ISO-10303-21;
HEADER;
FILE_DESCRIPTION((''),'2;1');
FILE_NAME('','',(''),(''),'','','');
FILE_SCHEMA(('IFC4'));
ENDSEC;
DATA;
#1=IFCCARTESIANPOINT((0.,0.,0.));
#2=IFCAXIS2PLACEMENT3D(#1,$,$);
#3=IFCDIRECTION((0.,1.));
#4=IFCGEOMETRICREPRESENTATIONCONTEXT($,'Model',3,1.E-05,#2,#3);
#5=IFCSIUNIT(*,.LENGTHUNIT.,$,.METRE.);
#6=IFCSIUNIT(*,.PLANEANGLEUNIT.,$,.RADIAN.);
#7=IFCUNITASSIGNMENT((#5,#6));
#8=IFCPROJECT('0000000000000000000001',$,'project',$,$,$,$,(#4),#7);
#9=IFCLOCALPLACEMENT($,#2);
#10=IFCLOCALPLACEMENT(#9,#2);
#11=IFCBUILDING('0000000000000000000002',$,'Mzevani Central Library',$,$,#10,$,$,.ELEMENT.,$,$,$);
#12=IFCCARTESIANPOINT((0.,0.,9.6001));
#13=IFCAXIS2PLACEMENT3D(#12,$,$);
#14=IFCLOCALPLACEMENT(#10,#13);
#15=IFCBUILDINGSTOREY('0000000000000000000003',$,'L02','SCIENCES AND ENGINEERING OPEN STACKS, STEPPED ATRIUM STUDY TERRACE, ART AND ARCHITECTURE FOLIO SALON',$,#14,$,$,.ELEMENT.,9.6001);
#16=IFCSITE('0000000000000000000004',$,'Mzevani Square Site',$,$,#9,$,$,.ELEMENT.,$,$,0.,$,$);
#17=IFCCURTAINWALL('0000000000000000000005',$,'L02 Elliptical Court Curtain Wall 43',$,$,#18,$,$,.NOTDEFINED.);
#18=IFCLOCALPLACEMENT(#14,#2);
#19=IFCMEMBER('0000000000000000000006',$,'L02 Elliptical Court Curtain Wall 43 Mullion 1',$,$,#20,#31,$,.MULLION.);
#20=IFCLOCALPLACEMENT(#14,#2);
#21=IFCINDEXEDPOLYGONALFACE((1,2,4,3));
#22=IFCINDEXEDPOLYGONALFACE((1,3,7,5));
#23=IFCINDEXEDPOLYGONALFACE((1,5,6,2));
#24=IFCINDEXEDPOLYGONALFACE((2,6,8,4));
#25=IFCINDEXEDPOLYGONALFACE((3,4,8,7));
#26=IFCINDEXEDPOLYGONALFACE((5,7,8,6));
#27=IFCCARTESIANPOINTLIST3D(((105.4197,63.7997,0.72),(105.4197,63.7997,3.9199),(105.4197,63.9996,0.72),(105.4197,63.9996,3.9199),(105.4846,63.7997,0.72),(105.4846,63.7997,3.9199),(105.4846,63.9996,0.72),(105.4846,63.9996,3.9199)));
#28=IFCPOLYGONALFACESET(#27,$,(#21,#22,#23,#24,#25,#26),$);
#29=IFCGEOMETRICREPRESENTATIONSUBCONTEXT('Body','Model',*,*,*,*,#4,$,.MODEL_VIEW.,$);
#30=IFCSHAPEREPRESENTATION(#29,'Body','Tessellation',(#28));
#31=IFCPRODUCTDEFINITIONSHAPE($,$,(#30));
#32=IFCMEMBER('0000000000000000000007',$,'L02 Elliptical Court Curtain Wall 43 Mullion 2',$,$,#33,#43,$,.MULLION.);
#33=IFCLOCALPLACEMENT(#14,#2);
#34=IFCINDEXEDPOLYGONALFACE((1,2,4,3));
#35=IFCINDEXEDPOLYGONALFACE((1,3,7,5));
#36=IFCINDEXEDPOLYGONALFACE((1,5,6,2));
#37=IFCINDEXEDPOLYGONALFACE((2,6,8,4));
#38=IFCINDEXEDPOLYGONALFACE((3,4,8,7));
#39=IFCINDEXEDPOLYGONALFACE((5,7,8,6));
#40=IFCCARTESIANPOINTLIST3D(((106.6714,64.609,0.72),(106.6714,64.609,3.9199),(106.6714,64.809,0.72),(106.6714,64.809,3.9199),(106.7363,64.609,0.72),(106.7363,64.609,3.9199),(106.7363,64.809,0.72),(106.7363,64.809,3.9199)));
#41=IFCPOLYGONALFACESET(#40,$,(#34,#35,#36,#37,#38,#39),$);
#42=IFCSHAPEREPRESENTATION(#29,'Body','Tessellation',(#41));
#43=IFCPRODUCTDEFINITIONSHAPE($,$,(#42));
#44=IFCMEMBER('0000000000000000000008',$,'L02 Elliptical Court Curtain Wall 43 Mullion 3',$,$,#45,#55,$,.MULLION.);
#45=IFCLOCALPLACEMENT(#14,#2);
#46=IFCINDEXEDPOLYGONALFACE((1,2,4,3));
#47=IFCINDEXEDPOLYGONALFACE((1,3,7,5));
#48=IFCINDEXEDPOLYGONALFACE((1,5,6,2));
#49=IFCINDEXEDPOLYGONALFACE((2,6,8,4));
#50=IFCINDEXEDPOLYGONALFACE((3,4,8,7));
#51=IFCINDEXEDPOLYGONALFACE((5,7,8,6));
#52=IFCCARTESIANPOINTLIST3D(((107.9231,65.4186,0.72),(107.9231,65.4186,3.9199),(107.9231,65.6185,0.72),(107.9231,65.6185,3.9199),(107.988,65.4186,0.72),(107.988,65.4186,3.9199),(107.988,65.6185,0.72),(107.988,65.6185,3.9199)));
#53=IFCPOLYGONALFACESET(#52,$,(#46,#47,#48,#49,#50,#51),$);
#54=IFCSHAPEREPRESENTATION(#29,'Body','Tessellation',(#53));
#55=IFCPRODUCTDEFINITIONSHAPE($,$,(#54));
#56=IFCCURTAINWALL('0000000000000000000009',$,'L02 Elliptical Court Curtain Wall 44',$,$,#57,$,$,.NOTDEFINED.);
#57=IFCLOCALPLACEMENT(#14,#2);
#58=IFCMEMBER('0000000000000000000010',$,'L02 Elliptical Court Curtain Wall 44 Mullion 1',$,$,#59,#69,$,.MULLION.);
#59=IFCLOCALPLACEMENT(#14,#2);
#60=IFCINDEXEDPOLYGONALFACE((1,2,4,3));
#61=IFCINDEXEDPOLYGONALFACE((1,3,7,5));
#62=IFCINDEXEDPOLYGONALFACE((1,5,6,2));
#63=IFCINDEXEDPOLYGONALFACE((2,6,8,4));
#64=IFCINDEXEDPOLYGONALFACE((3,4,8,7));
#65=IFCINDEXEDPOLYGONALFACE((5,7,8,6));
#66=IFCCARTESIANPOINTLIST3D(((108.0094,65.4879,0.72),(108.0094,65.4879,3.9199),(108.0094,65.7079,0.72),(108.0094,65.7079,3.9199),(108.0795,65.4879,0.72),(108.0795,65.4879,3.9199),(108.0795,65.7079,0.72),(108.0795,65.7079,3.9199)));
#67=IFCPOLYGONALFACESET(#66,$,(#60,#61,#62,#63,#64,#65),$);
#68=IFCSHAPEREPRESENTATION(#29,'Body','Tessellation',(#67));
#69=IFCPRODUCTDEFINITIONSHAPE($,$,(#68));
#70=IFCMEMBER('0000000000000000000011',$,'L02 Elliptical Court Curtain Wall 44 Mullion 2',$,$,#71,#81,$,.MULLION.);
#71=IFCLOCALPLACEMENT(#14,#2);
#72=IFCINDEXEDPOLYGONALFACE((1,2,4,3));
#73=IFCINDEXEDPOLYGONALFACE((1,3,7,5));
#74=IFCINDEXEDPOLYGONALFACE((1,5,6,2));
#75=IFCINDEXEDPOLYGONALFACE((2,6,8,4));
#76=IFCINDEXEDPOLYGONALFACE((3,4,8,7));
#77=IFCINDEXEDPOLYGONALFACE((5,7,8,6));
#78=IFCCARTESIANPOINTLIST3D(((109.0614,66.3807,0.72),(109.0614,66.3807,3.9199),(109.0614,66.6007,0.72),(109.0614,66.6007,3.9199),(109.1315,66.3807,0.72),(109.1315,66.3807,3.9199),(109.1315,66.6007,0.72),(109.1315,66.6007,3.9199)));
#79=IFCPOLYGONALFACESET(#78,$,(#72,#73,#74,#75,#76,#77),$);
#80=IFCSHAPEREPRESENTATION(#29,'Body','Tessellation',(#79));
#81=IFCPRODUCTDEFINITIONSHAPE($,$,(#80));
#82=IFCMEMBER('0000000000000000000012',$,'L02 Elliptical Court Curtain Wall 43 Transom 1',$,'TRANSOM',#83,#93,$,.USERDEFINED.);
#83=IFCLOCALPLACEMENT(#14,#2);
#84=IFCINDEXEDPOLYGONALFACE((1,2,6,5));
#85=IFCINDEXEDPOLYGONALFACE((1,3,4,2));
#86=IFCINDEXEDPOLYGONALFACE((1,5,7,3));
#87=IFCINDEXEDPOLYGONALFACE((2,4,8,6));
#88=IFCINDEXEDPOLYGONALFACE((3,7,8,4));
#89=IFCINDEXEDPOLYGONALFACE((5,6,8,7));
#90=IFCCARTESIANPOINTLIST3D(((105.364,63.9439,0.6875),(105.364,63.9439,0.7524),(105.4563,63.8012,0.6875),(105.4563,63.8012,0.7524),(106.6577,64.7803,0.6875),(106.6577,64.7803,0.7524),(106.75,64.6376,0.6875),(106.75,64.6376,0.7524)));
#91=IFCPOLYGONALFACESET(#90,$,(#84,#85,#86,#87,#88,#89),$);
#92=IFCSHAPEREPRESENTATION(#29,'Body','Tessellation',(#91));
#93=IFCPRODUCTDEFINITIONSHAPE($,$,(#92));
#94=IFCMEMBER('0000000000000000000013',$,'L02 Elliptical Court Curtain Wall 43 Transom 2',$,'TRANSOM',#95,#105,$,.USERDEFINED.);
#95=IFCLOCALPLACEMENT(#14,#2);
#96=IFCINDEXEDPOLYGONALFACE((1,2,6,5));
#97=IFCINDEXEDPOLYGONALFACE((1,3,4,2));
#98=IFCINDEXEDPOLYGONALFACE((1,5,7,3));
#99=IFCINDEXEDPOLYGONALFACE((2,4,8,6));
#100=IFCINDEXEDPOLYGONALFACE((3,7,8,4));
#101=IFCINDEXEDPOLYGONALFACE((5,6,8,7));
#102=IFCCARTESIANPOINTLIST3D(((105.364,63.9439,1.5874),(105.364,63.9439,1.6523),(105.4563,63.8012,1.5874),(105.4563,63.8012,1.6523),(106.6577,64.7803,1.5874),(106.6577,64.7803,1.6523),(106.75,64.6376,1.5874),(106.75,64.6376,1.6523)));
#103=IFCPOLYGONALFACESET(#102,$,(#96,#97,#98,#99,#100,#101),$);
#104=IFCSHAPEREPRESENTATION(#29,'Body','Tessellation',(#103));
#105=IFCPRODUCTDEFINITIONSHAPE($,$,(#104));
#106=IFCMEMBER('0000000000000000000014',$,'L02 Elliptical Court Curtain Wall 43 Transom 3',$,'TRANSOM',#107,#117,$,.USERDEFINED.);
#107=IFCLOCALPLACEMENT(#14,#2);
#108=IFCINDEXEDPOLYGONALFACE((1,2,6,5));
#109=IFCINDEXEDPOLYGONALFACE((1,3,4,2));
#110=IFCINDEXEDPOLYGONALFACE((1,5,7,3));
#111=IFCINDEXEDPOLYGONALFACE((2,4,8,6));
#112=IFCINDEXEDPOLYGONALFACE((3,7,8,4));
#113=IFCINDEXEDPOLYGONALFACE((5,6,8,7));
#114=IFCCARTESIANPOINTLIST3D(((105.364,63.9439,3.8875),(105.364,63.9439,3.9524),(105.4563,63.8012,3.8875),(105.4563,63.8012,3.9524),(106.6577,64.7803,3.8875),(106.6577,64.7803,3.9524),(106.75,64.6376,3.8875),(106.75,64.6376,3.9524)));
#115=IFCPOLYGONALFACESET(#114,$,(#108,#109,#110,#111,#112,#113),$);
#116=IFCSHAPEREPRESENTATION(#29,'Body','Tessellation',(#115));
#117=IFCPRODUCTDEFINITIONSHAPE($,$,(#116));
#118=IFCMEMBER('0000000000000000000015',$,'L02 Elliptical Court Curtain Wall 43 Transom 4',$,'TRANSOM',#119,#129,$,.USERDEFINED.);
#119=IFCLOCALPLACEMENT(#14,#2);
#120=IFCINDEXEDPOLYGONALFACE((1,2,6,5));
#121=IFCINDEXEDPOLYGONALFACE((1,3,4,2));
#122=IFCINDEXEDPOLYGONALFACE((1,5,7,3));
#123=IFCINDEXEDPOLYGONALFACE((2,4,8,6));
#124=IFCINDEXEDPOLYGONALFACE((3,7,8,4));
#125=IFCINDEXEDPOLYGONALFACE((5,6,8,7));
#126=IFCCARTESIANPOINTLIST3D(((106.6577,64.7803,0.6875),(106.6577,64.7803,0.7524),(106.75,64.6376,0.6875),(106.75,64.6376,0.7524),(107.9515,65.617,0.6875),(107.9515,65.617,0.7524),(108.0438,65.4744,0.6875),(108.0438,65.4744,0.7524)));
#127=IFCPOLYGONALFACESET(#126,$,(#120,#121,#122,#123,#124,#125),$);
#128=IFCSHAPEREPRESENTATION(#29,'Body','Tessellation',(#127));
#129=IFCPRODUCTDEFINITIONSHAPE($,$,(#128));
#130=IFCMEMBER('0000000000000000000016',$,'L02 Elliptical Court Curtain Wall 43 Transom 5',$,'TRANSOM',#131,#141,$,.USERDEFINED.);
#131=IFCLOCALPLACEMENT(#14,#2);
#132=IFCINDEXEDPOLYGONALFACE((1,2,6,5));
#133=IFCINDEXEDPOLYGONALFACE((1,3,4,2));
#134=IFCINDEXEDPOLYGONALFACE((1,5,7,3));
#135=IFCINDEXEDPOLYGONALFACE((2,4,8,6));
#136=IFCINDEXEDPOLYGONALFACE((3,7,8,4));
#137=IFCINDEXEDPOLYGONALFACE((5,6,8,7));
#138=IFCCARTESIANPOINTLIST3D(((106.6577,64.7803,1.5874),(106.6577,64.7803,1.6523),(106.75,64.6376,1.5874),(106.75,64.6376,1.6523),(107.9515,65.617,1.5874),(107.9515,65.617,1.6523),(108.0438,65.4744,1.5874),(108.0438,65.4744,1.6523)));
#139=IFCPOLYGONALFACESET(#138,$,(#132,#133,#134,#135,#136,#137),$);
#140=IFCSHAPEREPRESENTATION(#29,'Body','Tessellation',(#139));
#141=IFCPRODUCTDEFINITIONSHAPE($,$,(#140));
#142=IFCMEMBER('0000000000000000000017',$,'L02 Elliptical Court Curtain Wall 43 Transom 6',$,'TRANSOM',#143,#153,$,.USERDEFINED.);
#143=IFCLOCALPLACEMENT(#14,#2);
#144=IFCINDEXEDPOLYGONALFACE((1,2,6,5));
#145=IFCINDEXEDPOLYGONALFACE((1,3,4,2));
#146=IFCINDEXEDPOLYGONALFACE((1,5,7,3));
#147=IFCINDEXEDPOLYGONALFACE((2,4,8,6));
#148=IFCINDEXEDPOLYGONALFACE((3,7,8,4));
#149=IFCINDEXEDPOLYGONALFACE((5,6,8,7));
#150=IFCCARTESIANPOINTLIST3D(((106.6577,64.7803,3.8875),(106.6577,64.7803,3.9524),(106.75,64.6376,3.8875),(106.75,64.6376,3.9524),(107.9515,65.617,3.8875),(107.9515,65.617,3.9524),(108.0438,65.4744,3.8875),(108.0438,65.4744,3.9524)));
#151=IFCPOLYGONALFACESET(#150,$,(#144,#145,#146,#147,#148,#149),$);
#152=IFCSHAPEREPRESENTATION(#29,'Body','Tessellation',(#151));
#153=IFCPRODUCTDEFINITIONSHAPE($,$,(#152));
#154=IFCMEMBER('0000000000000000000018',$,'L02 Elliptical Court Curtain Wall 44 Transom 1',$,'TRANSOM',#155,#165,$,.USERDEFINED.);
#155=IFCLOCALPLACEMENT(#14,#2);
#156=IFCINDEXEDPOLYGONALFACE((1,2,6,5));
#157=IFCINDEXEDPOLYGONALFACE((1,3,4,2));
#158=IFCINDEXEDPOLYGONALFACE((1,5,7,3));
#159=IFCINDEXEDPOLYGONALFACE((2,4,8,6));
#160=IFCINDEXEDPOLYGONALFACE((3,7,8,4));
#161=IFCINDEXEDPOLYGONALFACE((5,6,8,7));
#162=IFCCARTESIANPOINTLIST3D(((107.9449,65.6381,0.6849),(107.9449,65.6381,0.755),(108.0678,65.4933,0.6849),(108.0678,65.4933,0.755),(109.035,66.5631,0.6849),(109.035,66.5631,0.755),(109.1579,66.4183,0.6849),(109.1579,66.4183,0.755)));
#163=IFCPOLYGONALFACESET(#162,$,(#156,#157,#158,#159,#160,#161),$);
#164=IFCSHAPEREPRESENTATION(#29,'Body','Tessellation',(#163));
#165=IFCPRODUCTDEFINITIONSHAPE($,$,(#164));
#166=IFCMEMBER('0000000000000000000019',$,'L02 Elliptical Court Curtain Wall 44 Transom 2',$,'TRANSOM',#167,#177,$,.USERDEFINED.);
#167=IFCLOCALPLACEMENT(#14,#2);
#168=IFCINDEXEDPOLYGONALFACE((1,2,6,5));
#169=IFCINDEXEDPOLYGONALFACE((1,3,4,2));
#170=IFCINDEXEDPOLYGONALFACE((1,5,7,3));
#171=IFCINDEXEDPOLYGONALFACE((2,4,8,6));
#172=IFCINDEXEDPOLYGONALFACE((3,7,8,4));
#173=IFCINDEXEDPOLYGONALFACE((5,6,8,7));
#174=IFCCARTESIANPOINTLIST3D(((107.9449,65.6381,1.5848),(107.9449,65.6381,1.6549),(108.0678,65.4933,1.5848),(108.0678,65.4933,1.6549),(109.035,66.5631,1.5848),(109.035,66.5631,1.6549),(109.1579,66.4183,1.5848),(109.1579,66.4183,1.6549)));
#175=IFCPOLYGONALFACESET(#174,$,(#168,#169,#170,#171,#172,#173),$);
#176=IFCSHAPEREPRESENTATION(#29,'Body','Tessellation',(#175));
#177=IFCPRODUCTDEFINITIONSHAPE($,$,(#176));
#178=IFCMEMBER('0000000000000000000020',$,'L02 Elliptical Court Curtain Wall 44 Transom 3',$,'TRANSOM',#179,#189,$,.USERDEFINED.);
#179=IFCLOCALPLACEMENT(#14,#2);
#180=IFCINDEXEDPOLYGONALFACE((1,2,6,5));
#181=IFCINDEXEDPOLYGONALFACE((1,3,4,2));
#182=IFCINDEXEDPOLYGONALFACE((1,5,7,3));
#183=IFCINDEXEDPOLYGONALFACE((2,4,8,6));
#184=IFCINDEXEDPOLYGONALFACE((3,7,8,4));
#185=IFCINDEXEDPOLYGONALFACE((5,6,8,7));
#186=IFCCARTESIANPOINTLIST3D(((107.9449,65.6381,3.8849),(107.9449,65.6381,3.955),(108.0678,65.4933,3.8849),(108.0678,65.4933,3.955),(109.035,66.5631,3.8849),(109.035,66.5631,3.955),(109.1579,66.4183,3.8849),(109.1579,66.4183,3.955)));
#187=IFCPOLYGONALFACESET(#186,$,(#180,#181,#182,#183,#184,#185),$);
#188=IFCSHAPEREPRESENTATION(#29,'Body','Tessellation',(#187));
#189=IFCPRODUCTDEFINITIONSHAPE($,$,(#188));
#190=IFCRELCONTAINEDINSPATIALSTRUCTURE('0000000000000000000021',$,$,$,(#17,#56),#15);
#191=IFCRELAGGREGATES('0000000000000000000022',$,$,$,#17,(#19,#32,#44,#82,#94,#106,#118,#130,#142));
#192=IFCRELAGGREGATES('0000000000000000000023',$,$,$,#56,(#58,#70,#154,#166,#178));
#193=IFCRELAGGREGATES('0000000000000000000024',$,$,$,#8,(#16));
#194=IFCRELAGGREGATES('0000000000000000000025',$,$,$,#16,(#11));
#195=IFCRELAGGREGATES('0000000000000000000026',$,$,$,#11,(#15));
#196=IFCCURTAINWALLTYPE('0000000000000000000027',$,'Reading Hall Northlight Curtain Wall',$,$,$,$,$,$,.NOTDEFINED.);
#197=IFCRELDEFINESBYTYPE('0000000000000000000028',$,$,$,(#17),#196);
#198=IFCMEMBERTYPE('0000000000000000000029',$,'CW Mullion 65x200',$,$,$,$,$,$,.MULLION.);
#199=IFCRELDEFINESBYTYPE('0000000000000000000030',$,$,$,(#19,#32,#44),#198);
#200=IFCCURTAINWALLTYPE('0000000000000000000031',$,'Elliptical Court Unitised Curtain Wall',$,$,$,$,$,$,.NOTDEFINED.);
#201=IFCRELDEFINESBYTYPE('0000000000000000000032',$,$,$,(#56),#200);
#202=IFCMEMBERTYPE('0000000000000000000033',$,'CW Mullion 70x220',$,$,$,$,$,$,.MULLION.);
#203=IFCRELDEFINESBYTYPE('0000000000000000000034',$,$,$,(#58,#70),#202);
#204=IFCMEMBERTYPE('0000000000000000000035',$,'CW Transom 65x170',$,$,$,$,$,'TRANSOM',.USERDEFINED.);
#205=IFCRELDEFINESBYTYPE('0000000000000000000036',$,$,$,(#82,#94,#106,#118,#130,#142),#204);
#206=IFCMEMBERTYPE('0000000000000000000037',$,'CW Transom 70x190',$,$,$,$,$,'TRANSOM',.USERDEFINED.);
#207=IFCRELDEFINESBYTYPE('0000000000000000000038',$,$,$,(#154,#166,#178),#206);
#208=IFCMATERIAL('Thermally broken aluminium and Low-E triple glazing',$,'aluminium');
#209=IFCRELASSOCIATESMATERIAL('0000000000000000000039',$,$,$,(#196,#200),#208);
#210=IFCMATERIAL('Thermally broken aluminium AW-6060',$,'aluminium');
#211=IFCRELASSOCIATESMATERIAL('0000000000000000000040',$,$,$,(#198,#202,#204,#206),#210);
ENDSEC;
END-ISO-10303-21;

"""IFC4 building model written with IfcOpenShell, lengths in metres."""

from ifc_helpers import new_model, si_unit, direction, frame, origin, origin_2d, place, context, subcontext, project, spatial, rectangle, extrude, material, material_profile, profile_set, type_object, element, aggregate, save


model = new_model("IFC4")

# Units and contexts
model_context = context("Model", 3, precision=1e-05, world=origin(), true_north=direction((0.0, 1.0)))
body_context = subcontext(model_context, "Body", "Model", "MODEL_VIEW")
ifc_project = project(units=[si_unit("LENGTHUNIT", "METRE"), si_unit("PLANEANGLEUNIT", "RADIAN")], contexts=[model_context])

# Site, building, storey
site_placement = place(None, origin())
site = spatial("IfcSite", under=ifc_project, at=site_placement, Name="Mzevani Square Site", CompositionType="ELEMENT", RefElevation=0.0)
building_placement = place(site_placement, origin())
building = spatial("IfcBuilding", under=site, at=building_placement, Name="Mzevani Central Library", CompositionType="ELEMENT")
storey_placement = place(building_placement, frame((0.0, 0.0, 9.6001)))
storey = spatial("IfcBuildingStorey", under=building, at=storey_placement, Name="L02", Description="SCIENCES AND ENGINEERING OPEN STACKS, STEPPED ATRIUM STUDY TERRACE, ART AND ARCHITECTURE FOLIO SALON", CompositionType="ELEMENT", Elevation=9.6001)

# Curtain walls, members
ifc_material_1 = material(Name="Thermally broken aluminium and Low-E triple glazing", Category="aluminium")
curtain_wall_type_1 = type_object("IfcCurtainWallType", Name="Reading Hall Northlight Curtain Wall", PredefinedType="NOTDEFINED", material=ifc_material_1)
curtain_wall_1_placement = place(storey_placement, origin())
curtain_wall_1 = element("IfcCurtainWall", 1, at=curtain_wall_1_placement, inside=storey, type_object=curtain_wall_type_1, Name="L02 Elliptical Court Curtain Wall 43", PredefinedType="NOTDEFINED")
ifc_material_2 = material(Name="Thermally broken aluminium AW-6060", Category="aluminium")
ifc_material_profile_1 = material_profile(ifc_material_2, rectangle(XDim=0.0649, YDim=0.2, at=origin_2d()), Name="ALU M65x200")
ifc_profile_set_1 = profile_set([ifc_material_profile_1], Name="Thermally broken aluminium AW-6060")
member_type_1 = type_object("IfcMemberType", Name="CW Mullion 65x200", PredefinedType="MULLION", material=ifc_profile_set_1)
member_1_placement = place(storey_placement, frame((105.4521, 63.8997, 0.72), z_axis=(0.0, 0.0, 1.0), x_axis=(1.0, 0.0, 0.0)))
member_1 = element("IfcMember", 2, at=member_1_placement, type_object=member_type_1, Name="L02 Elliptical Court Curtain Wall 43 Mullion 1", PredefinedType="MULLION", context=body_context, shape_type="SweptSolid", body=[
    extrude(rectangle(XDim=0.0649, YDim=0.2, at=origin_2d()), origin(), (0.0, 0.0, 1.0), 3.2),
])
member_2_placement = place(storey_placement, frame((106.7039, 64.709, 0.72), z_axis=(0.0, 0.0, 1.0), x_axis=(1.0, 0.0, 0.0)))
member_2 = element("IfcMember", 3, at=member_2_placement, type_object=member_type_1, Name="L02 Elliptical Court Curtain Wall 43 Mullion 2", PredefinedType="MULLION", context=body_context, shape_type="SweptSolid", body=[
    extrude(rectangle(XDim=0.0649, YDim=0.2, at=origin_2d()), origin(), (0.0, 0.0, 1.0), 3.2),
])
member_3_placement = place(storey_placement, frame((107.9556, 65.5186, 0.72), z_axis=(0.0, 0.0, 1.0), x_axis=(1.0, 0.0, 0.0)))
member_3 = element("IfcMember", 4, at=member_3_placement, type_object=member_type_1, Name="L02 Elliptical Court Curtain Wall 43 Mullion 3", PredefinedType="MULLION", context=body_context, shape_type="SweptSolid", body=[
    extrude(rectangle(XDim=0.0649, YDim=0.2, at=origin_2d()), origin(), (0.0, 0.0, 1.0), 3.2),
])
curtain_wall_type_2 = type_object("IfcCurtainWallType", Name="Elliptical Court Unitised Curtain Wall", PredefinedType="NOTDEFINED", material=ifc_material_1)
curtain_wall_2_placement = place(storey_placement, origin())
curtain_wall_2 = element("IfcCurtainWall", 5, at=curtain_wall_2_placement, inside=storey, type_object=curtain_wall_type_2, Name="L02 Elliptical Court Curtain Wall 44", PredefinedType="NOTDEFINED")
ifc_material_profile_2 = material_profile(ifc_material_2, rectangle(XDim=0.0701, YDim=0.22, at=origin_2d()), Name="ALU M70x220")
ifc_profile_set_2 = profile_set([ifc_material_profile_2], Name="Thermally broken aluminium AW-6060")
member_type_2 = type_object("IfcMemberType", Name="CW Mullion 70x220", PredefinedType="MULLION", material=ifc_profile_set_2)
member_4_placement = place(storey_placement, frame((108.0444, 65.5979, 0.72), z_axis=(0.0, 0.0, 1.0), x_axis=(1.0, 0.0, 0.0)))
member_4 = element("IfcMember", 6, at=member_4_placement, type_object=member_type_2, Name="L02 Elliptical Court Curtain Wall 44 Mullion 1", PredefinedType="MULLION", context=body_context, shape_type="SweptSolid", body=[
    extrude(rectangle(XDim=0.0701, YDim=0.22, at=origin_2d()), origin(), (0.0, 0.0, 1.0), 3.2),
])
member_5_placement = place(storey_placement, frame((109.0964, 66.4907, 0.72), z_axis=(0.0, 0.0, 1.0), x_axis=(1.0, 0.0, 0.0)))
member_5 = element("IfcMember", 7, at=member_5_placement, type_object=member_type_2, Name="L02 Elliptical Court Curtain Wall 44 Mullion 2", PredefinedType="MULLION", context=body_context, shape_type="SweptSolid", body=[
    extrude(rectangle(XDim=0.0701, YDim=0.22, at=origin_2d()), origin(), (0.0, 0.0, 1.0), 3.2),
])

# Members
ifc_material_profile_3 = material_profile(ifc_material_2, rectangle(XDim=0.1699, YDim=0.0649, at=origin_2d()), Name="ALU T65x170")
ifc_profile_set_3 = profile_set([ifc_material_profile_3], Name="Thermally broken aluminium AW-6060")
member_type_3 = type_object("IfcMemberType", Name="CW Transom 65x170", ElementType="TRANSOM", PredefinedType="USERDEFINED", material=ifc_profile_set_3)
member_6_placement = place(storey_placement, frame((105.4102, 63.8726, 0.72), z_axis=(0.83977, 0.542942, 0.0), x_axis=(-0.542942, 0.83977, 0.0)))
member_6 = element("IfcMember", 8, at=member_6_placement, type_object=member_type_3, Name="L02 Elliptical Court Curtain Wall 43 Transom 1", ObjectType="TRANSOM", PredefinedType="USERDEFINED", context=body_context, shape_type="SweptSolid", body=[
    extrude(rectangle(XDim=0.1699, YDim=0.0649, at=origin_2d()), origin(), (0.0, 0.0, 1.0), 1.5405),
])
member_7_placement = place(storey_placement, frame((105.4102, 63.8726, 1.6199), z_axis=(0.83977, 0.542942, 0.0), x_axis=(-0.542942, 0.83977, 0.0)))
member_7 = element("IfcMember", 9, at=member_7_placement, type_object=member_type_3, Name="L02 Elliptical Court Curtain Wall 43 Transom 2", ObjectType="TRANSOM", PredefinedType="USERDEFINED", context=body_context, shape_type="SweptSolid", body=[
    extrude(rectangle(XDim=0.1699, YDim=0.0649, at=origin_2d()), origin(), (0.0, 0.0, 1.0), 1.5405),
])
member_8_placement = place(storey_placement, frame((105.4102, 63.8726, 3.9199), z_axis=(0.83977, 0.542942, 0.0), x_axis=(-0.542942, 0.83977, 0.0)))
member_8 = element("IfcMember", 10, at=member_8_placement, type_object=member_type_3, Name="L02 Elliptical Court Curtain Wall 43 Transom 3", ObjectType="TRANSOM", PredefinedType="USERDEFINED", context=body_context, shape_type="SweptSolid", body=[
    extrude(rectangle(XDim=0.1699, YDim=0.0649, at=origin_2d()), origin(), (0.0, 0.0, 1.0), 1.5405),
])
member_9_placement = place(storey_placement, frame((106.7039, 64.709, 0.72), z_axis=(0.839698, 0.543054, 0.0), x_axis=(-0.543054, 0.839698, 0.0)))
member_9 = element("IfcMember", 11, at=member_9_placement, type_object=member_type_3, Name="L02 Elliptical Court Curtain Wall 43 Transom 4", ObjectType="TRANSOM", PredefinedType="USERDEFINED", context=body_context, shape_type="SweptSolid", body=[
    extrude(rectangle(XDim=0.1699, YDim=0.0649, at=origin_2d()), origin(), (0.0, 0.0, 1.0), 1.5408),
])
member_10_placement = place(storey_placement, frame((106.7039, 64.709, 1.6199), z_axis=(0.839698, 0.543054, 0.0), x_axis=(-0.543054, 0.839698, 0.0)))
member_10 = element("IfcMember", 12, at=member_10_placement, type_object=member_type_3, Name="L02 Elliptical Court Curtain Wall 43 Transom 5", ObjectType="TRANSOM", PredefinedType="USERDEFINED", context=body_context, shape_type="SweptSolid", body=[
    extrude(rectangle(XDim=0.1699, YDim=0.0649, at=origin_2d()), origin(), (0.0, 0.0, 1.0), 1.5408),
])
member_11_placement = place(storey_placement, frame((106.7039, 64.709, 3.9199), z_axis=(0.839698, 0.543054, 0.0), x_axis=(-0.543054, 0.839698, 0.0)))
member_11 = element("IfcMember", 13, at=member_11_placement, type_object=member_type_3, Name="L02 Elliptical Court Curtain Wall 43 Transom 6", ObjectType="TRANSOM", PredefinedType="USERDEFINED", context=body_context, shape_type="SweptSolid", body=[
    extrude(rectangle(XDim=0.1699, YDim=0.0649, at=origin_2d()), origin(), (0.0, 0.0, 1.0), 1.5408),
])
ifc_material_profile_4 = material_profile(ifc_material_2, rectangle(XDim=0.1899, YDim=0.0701, at=origin_2d()), Name="ALU T70x190")
ifc_profile_set_4 = profile_set([ifc_material_profile_4], Name="Thermally broken aluminium AW-6060")
member_type_4 = type_object("IfcMemberType", Name="CW Transom 70x190", ElementType="TRANSOM", PredefinedType="USERDEFINED", material=ifc_profile_set_4)
member_12_placement = place(storey_placement, frame((108.0063, 65.5657, 0.72), z_axis=(0.762466, 0.647029, 0.0), x_axis=(-0.647029, 0.762466, 0.0)))
member_12 = element("IfcMember", 14, at=member_12_placement, type_object=member_type_4, Name="L02 Elliptical Court Curtain Wall 44 Transom 1", ObjectType="TRANSOM", PredefinedType="USERDEFINED", context=body_context, shape_type="SweptSolid", body=[
    extrude(rectangle(XDim=0.1899, YDim=0.0701, at=origin_2d()), origin(), (0.0, 0.0, 1.0), 1.4297),
])
member_13_placement = place(storey_placement, frame((108.0063, 65.5657, 1.6199), z_axis=(0.762466, 0.647029, 0.0), x_axis=(-0.647029, 0.762466, 0.0)))
member_13 = element("IfcMember", 15, at=member_13_placement, type_object=member_type_4, Name="L02 Elliptical Court Curtain Wall 44 Transom 2", ObjectType="TRANSOM", PredefinedType="USERDEFINED", context=body_context, shape_type="SweptSolid", body=[
    extrude(rectangle(XDim=0.1899, YDim=0.0701, at=origin_2d()), origin(), (0.0, 0.0, 1.0), 1.4297),
])
member_14_placement = place(storey_placement, frame((108.0063, 65.5657, 3.9199), z_axis=(0.762466, 0.647029, 0.0), x_axis=(-0.647029, 0.762466, 0.0)))
member_14 = element("IfcMember", 16, at=member_14_placement, type_object=member_type_4, Name="L02 Elliptical Court Curtain Wall 44 Transom 3", ObjectType="TRANSOM", PredefinedType="USERDEFINED", context=body_context, shape_type="SweptSolid", body=[
    extrude(rectangle(XDim=0.1899, YDim=0.0701, at=origin_2d()), origin(), (0.0, 0.0, 1.0), 1.4297),
])

aggregate(curtain_wall_1, [member_1, member_2, member_3, member_6, member_7, member_8, member_9, member_10, member_11])
aggregate(curtain_wall_2, [member_4, member_5, member_12, member_13, member_14])

save(model, "model.ifc")
